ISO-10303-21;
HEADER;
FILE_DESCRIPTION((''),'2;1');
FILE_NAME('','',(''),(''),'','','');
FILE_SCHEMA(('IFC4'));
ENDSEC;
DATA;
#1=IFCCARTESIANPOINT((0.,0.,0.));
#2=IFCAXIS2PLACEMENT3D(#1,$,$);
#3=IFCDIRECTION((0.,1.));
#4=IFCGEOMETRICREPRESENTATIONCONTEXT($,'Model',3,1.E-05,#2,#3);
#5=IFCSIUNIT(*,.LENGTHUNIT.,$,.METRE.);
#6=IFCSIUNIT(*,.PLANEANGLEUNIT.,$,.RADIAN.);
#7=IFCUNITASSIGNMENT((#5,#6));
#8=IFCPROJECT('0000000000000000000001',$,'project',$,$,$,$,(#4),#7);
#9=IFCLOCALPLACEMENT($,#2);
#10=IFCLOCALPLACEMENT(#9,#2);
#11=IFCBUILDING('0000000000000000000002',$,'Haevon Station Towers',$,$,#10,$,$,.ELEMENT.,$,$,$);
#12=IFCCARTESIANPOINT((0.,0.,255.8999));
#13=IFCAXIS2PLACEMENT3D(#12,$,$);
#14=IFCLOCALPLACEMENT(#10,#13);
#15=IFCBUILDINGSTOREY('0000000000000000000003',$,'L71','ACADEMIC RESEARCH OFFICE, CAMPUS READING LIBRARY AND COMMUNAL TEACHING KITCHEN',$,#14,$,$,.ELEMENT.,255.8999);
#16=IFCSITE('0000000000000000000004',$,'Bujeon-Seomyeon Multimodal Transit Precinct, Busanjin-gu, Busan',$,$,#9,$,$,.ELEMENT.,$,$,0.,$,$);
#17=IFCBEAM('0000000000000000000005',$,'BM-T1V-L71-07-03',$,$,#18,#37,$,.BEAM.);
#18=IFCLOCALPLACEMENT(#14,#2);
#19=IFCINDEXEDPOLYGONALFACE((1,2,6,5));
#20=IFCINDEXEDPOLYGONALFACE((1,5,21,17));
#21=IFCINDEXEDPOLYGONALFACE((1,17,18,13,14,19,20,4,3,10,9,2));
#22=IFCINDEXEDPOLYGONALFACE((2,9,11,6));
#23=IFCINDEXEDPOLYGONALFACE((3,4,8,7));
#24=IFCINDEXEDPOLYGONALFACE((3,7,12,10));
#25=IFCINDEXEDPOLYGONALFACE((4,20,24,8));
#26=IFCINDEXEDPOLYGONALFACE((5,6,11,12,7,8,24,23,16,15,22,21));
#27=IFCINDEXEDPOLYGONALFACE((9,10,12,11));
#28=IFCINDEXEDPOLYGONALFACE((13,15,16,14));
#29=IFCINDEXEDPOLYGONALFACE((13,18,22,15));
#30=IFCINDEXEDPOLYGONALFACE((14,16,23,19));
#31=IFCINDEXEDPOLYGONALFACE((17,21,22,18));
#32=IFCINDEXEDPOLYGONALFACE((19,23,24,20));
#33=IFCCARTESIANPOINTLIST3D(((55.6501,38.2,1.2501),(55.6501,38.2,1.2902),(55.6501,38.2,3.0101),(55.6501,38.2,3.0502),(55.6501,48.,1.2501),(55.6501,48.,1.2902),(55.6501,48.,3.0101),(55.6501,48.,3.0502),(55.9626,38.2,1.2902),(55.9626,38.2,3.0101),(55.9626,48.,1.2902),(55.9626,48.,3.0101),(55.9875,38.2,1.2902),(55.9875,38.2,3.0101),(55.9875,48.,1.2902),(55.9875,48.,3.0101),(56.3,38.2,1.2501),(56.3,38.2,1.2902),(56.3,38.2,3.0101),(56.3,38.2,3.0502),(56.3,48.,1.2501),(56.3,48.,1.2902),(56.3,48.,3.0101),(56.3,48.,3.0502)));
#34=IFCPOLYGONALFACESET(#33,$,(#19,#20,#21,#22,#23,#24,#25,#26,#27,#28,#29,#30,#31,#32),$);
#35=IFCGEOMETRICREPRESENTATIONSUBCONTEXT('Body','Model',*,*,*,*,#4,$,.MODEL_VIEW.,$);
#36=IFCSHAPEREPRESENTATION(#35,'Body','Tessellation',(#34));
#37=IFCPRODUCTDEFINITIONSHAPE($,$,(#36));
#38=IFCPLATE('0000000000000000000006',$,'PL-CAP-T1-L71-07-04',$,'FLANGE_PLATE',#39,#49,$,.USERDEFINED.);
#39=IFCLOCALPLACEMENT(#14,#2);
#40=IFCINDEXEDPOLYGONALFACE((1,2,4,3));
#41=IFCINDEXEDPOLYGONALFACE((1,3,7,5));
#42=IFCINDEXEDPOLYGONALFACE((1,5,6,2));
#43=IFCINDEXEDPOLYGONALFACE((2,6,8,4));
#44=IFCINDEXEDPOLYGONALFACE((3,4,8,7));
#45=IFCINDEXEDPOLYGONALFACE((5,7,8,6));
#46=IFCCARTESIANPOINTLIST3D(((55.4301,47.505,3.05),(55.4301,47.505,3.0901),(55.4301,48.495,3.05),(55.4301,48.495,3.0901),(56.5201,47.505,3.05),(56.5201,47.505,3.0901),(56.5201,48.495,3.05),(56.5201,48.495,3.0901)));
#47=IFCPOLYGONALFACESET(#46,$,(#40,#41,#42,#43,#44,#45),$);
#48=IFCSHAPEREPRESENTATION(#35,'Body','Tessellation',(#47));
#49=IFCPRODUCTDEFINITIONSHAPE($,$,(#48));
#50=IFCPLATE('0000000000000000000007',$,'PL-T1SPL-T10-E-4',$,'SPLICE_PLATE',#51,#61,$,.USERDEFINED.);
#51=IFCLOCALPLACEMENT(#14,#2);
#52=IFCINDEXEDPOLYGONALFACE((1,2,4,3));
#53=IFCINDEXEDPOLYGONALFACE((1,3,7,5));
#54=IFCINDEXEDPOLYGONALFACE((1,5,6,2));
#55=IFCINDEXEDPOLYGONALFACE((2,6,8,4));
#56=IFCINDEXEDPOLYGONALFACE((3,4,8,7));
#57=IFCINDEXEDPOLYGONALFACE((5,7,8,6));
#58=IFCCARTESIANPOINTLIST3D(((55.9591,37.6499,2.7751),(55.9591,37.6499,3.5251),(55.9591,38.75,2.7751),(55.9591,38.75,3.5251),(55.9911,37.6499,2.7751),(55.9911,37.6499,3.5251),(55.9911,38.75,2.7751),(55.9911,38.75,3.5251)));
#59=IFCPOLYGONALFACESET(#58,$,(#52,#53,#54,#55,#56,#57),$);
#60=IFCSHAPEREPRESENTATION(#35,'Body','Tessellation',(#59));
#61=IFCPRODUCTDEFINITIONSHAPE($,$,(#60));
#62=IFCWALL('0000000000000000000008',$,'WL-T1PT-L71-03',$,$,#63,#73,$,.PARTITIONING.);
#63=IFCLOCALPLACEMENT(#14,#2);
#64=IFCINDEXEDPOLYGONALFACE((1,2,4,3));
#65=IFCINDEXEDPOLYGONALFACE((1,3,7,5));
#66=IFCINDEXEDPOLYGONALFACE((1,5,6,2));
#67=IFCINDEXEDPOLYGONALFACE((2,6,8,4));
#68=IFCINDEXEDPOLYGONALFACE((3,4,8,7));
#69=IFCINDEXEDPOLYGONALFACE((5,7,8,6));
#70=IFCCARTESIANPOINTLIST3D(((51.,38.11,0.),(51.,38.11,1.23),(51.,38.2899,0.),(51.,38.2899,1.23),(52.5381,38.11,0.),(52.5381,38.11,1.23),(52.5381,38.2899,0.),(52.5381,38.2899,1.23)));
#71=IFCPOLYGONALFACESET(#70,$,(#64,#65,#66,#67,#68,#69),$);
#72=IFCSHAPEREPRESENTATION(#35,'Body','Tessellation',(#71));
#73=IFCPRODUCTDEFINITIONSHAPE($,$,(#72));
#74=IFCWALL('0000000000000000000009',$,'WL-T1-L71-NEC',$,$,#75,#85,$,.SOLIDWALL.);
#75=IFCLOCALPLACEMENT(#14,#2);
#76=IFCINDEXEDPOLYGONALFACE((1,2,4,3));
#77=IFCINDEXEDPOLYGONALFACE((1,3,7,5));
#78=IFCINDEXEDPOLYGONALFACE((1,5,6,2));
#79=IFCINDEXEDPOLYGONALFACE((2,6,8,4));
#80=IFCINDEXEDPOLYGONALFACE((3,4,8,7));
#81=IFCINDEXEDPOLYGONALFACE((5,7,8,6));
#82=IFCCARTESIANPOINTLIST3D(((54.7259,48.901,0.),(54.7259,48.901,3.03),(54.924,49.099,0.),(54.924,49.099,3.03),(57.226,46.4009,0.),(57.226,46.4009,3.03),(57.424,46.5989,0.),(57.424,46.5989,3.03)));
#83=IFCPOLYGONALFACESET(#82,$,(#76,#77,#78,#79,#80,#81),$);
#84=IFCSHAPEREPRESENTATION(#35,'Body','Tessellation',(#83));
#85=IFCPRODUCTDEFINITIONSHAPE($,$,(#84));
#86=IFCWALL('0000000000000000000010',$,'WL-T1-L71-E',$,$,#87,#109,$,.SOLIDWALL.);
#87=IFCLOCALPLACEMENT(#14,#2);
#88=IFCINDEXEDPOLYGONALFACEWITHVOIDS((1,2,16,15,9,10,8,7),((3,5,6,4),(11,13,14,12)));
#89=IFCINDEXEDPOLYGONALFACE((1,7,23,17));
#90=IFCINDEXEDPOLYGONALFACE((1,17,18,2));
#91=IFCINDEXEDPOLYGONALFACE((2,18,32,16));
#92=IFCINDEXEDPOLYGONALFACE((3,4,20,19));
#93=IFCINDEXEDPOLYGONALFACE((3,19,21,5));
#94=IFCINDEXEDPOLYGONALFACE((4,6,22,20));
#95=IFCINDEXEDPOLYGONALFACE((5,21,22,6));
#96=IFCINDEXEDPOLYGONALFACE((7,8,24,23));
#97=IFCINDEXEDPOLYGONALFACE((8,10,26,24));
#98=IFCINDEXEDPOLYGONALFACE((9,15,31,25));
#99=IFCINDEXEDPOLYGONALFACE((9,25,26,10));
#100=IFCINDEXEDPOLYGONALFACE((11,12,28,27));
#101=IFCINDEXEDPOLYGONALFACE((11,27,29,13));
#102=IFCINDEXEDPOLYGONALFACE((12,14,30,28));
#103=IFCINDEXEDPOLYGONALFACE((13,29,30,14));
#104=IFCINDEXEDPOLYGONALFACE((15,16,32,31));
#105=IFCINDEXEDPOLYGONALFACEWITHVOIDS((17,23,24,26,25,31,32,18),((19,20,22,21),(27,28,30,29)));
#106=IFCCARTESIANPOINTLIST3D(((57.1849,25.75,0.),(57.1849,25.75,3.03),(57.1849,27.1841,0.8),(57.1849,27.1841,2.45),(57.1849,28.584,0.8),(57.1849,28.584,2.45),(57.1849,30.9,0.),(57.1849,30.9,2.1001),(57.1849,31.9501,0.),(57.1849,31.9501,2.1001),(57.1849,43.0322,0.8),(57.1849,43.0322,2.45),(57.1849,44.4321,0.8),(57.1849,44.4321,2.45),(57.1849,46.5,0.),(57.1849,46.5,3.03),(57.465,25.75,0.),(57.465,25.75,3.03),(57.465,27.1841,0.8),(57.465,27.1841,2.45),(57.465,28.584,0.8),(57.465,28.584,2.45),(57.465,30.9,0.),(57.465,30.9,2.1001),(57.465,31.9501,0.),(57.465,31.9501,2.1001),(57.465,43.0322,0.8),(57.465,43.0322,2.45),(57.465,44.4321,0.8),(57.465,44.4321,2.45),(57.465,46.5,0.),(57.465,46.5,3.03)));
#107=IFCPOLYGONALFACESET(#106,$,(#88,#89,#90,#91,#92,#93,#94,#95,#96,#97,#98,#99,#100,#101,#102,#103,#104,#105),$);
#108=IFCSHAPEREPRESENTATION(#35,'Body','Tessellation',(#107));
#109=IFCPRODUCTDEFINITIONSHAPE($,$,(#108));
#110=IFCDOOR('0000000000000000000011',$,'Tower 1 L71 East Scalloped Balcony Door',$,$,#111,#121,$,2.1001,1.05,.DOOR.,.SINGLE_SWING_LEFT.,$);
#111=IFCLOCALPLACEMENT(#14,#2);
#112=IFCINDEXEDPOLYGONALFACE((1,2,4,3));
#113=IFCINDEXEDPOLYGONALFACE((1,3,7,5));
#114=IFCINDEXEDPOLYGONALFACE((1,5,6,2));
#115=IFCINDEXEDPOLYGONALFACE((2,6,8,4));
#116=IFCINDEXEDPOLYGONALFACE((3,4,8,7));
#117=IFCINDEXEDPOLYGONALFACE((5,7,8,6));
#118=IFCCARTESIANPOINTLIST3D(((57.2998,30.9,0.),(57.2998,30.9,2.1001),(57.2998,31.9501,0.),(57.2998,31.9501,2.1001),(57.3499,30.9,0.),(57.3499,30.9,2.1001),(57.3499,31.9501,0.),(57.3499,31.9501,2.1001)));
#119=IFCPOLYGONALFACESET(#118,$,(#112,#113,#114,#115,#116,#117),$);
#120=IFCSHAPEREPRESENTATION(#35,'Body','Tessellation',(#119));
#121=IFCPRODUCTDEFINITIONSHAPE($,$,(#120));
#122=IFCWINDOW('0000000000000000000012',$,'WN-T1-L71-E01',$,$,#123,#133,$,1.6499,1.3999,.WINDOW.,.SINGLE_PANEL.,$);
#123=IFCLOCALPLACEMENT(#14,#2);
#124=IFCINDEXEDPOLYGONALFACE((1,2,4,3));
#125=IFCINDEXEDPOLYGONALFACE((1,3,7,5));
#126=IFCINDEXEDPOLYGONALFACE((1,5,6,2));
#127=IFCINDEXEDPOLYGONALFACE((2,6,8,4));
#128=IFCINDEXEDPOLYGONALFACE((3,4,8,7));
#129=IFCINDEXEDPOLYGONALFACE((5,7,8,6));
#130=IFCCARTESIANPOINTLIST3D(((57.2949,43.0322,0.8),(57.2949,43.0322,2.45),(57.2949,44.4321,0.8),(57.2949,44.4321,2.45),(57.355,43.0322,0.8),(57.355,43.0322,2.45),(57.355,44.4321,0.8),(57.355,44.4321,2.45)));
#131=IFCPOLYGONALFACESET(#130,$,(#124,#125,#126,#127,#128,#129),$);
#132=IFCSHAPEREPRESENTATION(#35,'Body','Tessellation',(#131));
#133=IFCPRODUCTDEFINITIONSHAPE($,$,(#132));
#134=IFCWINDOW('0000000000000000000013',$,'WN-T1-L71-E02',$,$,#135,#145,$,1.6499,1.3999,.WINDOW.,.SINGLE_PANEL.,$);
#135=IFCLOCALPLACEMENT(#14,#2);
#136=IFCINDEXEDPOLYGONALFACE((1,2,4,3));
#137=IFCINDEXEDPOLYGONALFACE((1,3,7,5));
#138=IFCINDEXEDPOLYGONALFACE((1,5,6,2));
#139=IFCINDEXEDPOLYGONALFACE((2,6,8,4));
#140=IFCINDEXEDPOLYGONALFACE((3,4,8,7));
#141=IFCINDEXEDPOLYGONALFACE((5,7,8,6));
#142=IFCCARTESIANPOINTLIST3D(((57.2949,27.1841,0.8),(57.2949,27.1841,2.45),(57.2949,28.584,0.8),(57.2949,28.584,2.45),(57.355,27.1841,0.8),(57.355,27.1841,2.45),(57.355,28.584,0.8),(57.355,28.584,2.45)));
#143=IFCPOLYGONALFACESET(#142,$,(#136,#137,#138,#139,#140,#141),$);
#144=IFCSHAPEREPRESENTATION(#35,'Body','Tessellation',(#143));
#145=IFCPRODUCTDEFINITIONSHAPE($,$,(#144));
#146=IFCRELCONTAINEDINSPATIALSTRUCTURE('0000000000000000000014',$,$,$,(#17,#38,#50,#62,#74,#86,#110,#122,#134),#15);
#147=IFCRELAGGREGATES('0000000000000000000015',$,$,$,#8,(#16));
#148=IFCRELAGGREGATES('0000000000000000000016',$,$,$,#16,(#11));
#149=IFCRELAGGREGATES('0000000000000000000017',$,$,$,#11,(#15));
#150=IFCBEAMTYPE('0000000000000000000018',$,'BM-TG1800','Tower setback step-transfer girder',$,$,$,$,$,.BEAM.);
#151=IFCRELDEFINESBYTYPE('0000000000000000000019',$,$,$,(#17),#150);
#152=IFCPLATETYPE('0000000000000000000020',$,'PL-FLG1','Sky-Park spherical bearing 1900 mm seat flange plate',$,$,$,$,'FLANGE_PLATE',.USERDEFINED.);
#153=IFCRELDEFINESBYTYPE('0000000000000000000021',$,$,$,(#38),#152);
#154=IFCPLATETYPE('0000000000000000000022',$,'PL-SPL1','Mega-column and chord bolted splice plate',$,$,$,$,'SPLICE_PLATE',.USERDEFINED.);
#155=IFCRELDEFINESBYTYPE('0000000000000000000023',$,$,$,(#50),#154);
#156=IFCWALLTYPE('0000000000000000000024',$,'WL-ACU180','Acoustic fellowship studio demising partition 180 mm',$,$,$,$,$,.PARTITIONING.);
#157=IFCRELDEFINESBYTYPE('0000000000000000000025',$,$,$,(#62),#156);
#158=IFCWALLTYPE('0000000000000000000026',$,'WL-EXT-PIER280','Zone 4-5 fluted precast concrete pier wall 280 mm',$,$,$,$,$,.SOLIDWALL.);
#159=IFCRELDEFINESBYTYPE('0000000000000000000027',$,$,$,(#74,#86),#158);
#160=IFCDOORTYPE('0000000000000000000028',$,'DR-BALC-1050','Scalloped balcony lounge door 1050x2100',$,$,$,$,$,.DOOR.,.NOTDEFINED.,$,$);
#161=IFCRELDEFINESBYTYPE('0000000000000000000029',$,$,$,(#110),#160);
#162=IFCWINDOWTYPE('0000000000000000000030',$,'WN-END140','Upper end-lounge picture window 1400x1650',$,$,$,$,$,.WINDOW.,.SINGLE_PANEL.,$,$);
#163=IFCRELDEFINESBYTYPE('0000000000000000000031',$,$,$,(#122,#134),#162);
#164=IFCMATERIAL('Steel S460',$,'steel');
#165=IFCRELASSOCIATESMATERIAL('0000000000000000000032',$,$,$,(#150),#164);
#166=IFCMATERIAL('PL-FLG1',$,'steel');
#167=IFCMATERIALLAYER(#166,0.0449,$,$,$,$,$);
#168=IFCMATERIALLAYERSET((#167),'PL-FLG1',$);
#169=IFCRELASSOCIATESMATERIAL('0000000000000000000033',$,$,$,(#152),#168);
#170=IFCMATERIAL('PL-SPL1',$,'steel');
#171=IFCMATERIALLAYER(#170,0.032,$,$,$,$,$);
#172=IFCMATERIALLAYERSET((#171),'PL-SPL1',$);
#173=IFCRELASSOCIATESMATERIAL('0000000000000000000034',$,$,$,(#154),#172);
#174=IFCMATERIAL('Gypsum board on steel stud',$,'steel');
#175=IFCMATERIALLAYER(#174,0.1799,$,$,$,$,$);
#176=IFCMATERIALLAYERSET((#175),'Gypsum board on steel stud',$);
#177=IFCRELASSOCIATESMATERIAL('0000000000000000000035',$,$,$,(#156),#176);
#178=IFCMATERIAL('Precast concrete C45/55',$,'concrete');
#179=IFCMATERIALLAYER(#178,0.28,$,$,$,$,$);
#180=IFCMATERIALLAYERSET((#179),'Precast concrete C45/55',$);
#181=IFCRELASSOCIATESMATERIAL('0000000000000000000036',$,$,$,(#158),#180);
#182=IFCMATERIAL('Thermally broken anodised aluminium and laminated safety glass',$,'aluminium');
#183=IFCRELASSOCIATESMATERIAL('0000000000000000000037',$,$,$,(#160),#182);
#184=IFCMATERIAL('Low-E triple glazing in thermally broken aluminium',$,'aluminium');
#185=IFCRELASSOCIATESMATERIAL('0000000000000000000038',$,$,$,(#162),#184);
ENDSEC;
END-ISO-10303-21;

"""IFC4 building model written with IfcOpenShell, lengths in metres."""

from ifc_helpers import new_model, si_unit, direction, frame, frame_2d, origin, origin_2d, place, context, subcontext, project, spatial, rectangle, i_section, extrude, material, layer, layer_set, material_profile, profile_set, type_object, element, fill, save


model = new_model("IFC4")

# Units and contexts
model_context = context("Model", 3, precision=1e-05, world=origin(), true_north=direction((0.0, 1.0)))
body_context = subcontext(model_context, "Body", "Model", "MODEL_VIEW")
ifc_project = project(units=[si_unit("LENGTHUNIT", "METRE"), si_unit("PLANEANGLEUNIT", "RADIAN")], contexts=[model_context])

# Site, building, storey
site_placement = place(None, origin())
site = spatial("IfcSite", under=ifc_project, at=site_placement, Name="Bujeon-Seomyeon Multimodal Transit Precinct, Busanjin-gu, Busan", CompositionType="ELEMENT", RefElevation=0.0)
building_placement = place(site_placement, origin())
building = spatial("IfcBuilding", under=site, at=building_placement, Name="Haevon Station Towers", CompositionType="ELEMENT")
storey_placement = place(building_placement, frame((0.0, 0.0, 255.8999)))
storey = spatial("IfcBuildingStorey", under=building, at=storey_placement, Name="L71", Description="ACADEMIC RESEARCH OFFICE, CAMPUS READING LIBRARY AND COMMUNAL TEACHING KITCHEN", CompositionType="ELEMENT", Elevation=255.8999)

# Shared definitions
ifc_material_1 = material(Name="Steel S460", Category="steel")

# Beam
ifc_material_profile_1 = material_profile(ifc_material_1, i_section(OverallWidth=0.6499, OverallDepth=1.8, WebThickness=0.0249, FlangeThickness=0.04, at=origin_2d()), Name="H-1800x650x25x40")
ifc_profile_set_1 = profile_set([ifc_material_profile_1], Name="Steel S460")
beam_type_1 = type_object("IfcBeamType", Name="BM-TG1800", Description="Tower setback step-transfer girder", PredefinedType="BEAM", material=ifc_profile_set_1)
beam_1_placement = place(storey_placement, frame((55.9751, 38.2, 2.1501), z_axis=(0.0, 1.0, 0.0), x_axis=(-1.0, 0.0, 0.0)))
element("IfcBeam", 1, at=beam_1_placement, inside=storey, type_object=beam_type_1, Name="BM-T1V-L71-07-03", PredefinedType="BEAM", context=body_context, shape_type="SweptSolid", body=[
    extrude(i_section(OverallWidth=0.6499, OverallDepth=1.8, WebThickness=0.0249, FlangeThickness=0.04, at=origin_2d()), origin(), (0.0, 0.0, 1.0), 9.8),
])

# Plates
ifc_material_2 = material(Name="PL-FLG1", Category="steel")
ifc_layer_1 = layer(ifc_material_2, 0.0449)
ifc_layer_set_1 = layer_set([ifc_layer_1], Name="PL-FLG1")
plate_type_1 = type_object("IfcPlateType", Name="PL-FLG1", Description="Sky-Park spherical bearing 1900 mm seat flange plate", ElementType="FLANGE_PLATE", PredefinedType="USERDEFINED", material=ifc_layer_set_1)
plate_1_placement = place(storey_placement, frame((55.9751, 48.0, 3.05), z_axis=(0.0, 0.0, 1.0), x_axis=(1.0, 0.0, 0.0)))
element("IfcPlate", 2, at=plate_1_placement, inside=storey, type_object=plate_type_1, Name="PL-CAP-T1-L71-07-04", ObjectType="FLANGE_PLATE", PredefinedType="USERDEFINED", context=body_context, shape_type="SweptSolid", body=[
    extrude(rectangle(XDim=1.0901, YDim=0.99, at=origin_2d()), origin(), (0.0, 0.0, 1.0), 0.04),
])
ifc_material_3 = material(Name="PL-SPL1", Category="steel")
ifc_layer_2 = layer(ifc_material_3, 0.032)
ifc_layer_set_2 = layer_set([ifc_layer_2], Name="PL-SPL1")
plate_type_2 = type_object("IfcPlateType", Name="PL-SPL1", Description="Mega-column and chord bolted splice plate", ElementType="SPLICE_PLATE", PredefinedType="USERDEFINED", material=ifc_layer_set_2)
plate_2_placement = place(storey_placement, frame((55.9751, 38.2, 2.7751), z_axis=(0.0, 0.0, 1.0), x_axis=(0.0, 1.0, 0.0)))
element("IfcPlate", 3, at=plate_2_placement, inside=storey, type_object=plate_type_2, Name="PL-T1SPL-T10-E-4", ObjectType="SPLICE_PLATE", PredefinedType="USERDEFINED", context=body_context, shape_type="SweptSolid", body=[
    extrude(rectangle(XDim=1.1001, YDim=0.032, at=origin_2d()), origin(), (0.0, 0.0, 1.0), 0.75),
])

# Walls
ifc_material_4 = material(Name="Gypsum board on steel stud", Category="steel")
ifc_layer_3 = layer(ifc_material_4, 0.1799)
ifc_layer_set_3 = layer_set([ifc_layer_3], Name="Gypsum board on steel stud")
wall_type_1 = type_object("IfcWallType", Name="WL-ACU180", Description="Acoustic fellowship studio demising partition 180 mm", PredefinedType="PARTITIONING", material=ifc_layer_set_3)
wall_1_placement = place(storey_placement, frame((51.0, 38.2, 0.0), z_axis=(0.0, 0.0, 1.0), x_axis=(1.0, 0.0, 0.0)))
element("IfcWall", 4, at=wall_1_placement, inside=storey, type_object=wall_type_1, Name="WL-T1PT-L71-03", PredefinedType="PARTITIONING", context=body_context, shape_type="SweptSolid", body=[
    extrude(rectangle(XDim=1.5381, YDim=0.1799, at=frame_2d((0.769, 0.0))), origin(), (0.0, 0.0, 1.0), 1.23),
])
ifc_material_5 = material(Name="Precast concrete C45/55", Category="concrete")
ifc_layer_4 = layer(ifc_material_5, 0.28)
ifc_layer_set_4 = layer_set([ifc_layer_4], Name="Precast concrete C45/55")
wall_type_2 = type_object("IfcWallType", Name="WL-EXT-PIER280", Description="Zone 4-5 fluted precast concrete pier wall 280 mm", PredefinedType="SOLIDWALL", material=ifc_layer_set_4)
wall_2_placement = place(storey_placement, frame((54.825, 49.0, 0.0), z_axis=(0.0, 0.0, 1.0), x_axis=(0.707107, -0.707107, 0.0)))
element("IfcWall", 5, at=wall_2_placement, inside=storey, type_object=wall_type_2, Name="WL-T1-L71-NEC", PredefinedType="SOLIDWALL", context=body_context, shape_type="SweptSolid", body=[
    extrude(rectangle(XDim=3.5356, YDim=0.28, at=frame_2d((1.7678, 0.0))), origin(), (0.0, 0.0, 1.0), 3.03),
])

# Wall, openings, door, windows
wall_3_placement = place(storey_placement, frame((57.325, 46.5, 0.0), z_axis=(0.0, 0.0, 1.0), x_axis=(0.0, -1.0, 0.0)))
wall_3 = element("IfcWall", 6, at=wall_3_placement, inside=storey, type_object=wall_type_2, Name="WL-T1-L71-E", PredefinedType="SOLIDWALL", context=body_context, shape_type="SweptSolid", body=[
    extrude(rectangle(XDim=20.75, YDim=0.28, at=frame_2d((10.375, 0.0))), origin(), (0.0, 0.0, 1.0), 3.03),
])
opening_1_placement = place(wall_3_placement, frame((14.55, 0.0, 0.0)))
opening_1 = element("IfcOpeningElement", 7, at=opening_1_placement, cuts=wall_3, PredefinedType="OPENING", context=body_context, shape_type="SweptSolid", body=[
    extrude(rectangle(XDim=1.05, YDim=2.1001, at=frame_2d((0.5249, 1.05))), frame((0.0, 0.1499, 0.0), z_axis=(0.0, -1.0, 0.0), x_axis=(1.0, 0.0, 0.0)), (0.0, 0.0, 1.0), 0.3),
])
opening_2_placement = place(wall_3_placement, frame((2.0679, 0.0, 0.8)))
opening_2 = element("IfcOpeningElement", 8, at=opening_2_placement, cuts=wall_3, PredefinedType="OPENING", context=body_context, shape_type="SweptSolid", body=[
    extrude(rectangle(XDim=1.3999, YDim=1.6499, at=frame_2d((0.7, 0.825))), frame((0.0, 0.1499, 0.0), z_axis=(0.0, -1.0, 0.0), x_axis=(1.0, 0.0, 0.0)), (0.0, 0.0, 1.0), 0.3),
])
opening_3_placement = place(wall_3_placement, frame((17.916, 0.0, 0.8)))
opening_3 = element("IfcOpeningElement", 9, at=opening_3_placement, cuts=wall_3, PredefinedType="OPENING", context=body_context, shape_type="SweptSolid", body=[
    extrude(rectangle(XDim=1.3999, YDim=1.6499, at=frame_2d((0.7, 0.825))), frame((0.0, 0.1499, 0.0), z_axis=(0.0, -1.0, 0.0), x_axis=(1.0, 0.0, 0.0)), (0.0, 0.0, 1.0), 0.3),
])
ifc_material_6 = material(Name="Thermally broken anodised aluminium and laminated safety glass", Category="aluminium")
door_type = type_object("IfcDoorType", Name="DR-BALC-1050", Description="Scalloped balcony lounge door 1050x2100", OperationType="NOTDEFINED", PredefinedType="DOOR", material=ifc_material_6)
door_placement = place(opening_1_placement, origin())
door = element("IfcDoor", 10, at=door_placement, inside=storey, type_object=door_type, Name="Tower 1 L71 East Scalloped Balcony Door", OperationType="SINGLE_SWING_LEFT", OverallHeight=2.1001, OverallWidth=1.05, PredefinedType="DOOR", context=body_context, shape_type="SweptSolid", body=[
    extrude(rectangle(XDim=1.05, YDim=2.1001, at=frame_2d((0.5249, 1.05))), frame((0.0, 0.0249, 0.0), z_axis=(0.0, -1.0, 0.0), x_axis=(1.0, 0.0, 0.0)), (0.0, 0.0, 1.0), 0.05),
])
fill(opening_1, door)
ifc_material_7 = material(Name="Low-E triple glazing in thermally broken aluminium", Category="aluminium")
window_type = type_object("IfcWindowType", Name="WN-END140", Description="Upper end-lounge picture window 1400x1650", PartitioningType="SINGLE_PANEL", PredefinedType="WINDOW", material=ifc_material_7)
window_1_placement = place(opening_2_placement, origin())
window_1 = element("IfcWindow", 11, at=window_1_placement, inside=storey, type_object=window_type, Name="WN-T1-L71-E01", OverallHeight=1.6499, OverallWidth=1.3999, PartitioningType="SINGLE_PANEL", PredefinedType="WINDOW", context=body_context, shape_type="SweptSolid", body=[
    extrude(rectangle(XDim=1.3999, YDim=1.6499, at=frame_2d((0.7, 0.825))), frame((0.0, 0.03, 0.0), z_axis=(0.0, -1.0, 0.0), x_axis=(1.0, 0.0, 0.0)), (0.0, 0.0, 1.0), 0.0601),
])
fill(opening_2, window_1)
window_2_placement = place(opening_3_placement, origin())
window_2 = element("IfcWindow", 12, at=window_2_placement, inside=storey, type_object=window_type, Name="WN-T1-L71-E02", OverallHeight=1.6499, OverallWidth=1.3999, PartitioningType="SINGLE_PANEL", PredefinedType="WINDOW", context=body_context, shape_type="SweptSolid", body=[
    extrude(rectangle(XDim=1.3999, YDim=1.6499, at=frame_2d((0.7, 0.825))), frame((0.0, 0.03, 0.0), z_axis=(0.0, -1.0, 0.0), x_axis=(1.0, 0.0, 0.0)), (0.0, 0.0, 1.0), 0.0601),
])
fill(opening_3, window_2)

save(model, "model.ifc")
